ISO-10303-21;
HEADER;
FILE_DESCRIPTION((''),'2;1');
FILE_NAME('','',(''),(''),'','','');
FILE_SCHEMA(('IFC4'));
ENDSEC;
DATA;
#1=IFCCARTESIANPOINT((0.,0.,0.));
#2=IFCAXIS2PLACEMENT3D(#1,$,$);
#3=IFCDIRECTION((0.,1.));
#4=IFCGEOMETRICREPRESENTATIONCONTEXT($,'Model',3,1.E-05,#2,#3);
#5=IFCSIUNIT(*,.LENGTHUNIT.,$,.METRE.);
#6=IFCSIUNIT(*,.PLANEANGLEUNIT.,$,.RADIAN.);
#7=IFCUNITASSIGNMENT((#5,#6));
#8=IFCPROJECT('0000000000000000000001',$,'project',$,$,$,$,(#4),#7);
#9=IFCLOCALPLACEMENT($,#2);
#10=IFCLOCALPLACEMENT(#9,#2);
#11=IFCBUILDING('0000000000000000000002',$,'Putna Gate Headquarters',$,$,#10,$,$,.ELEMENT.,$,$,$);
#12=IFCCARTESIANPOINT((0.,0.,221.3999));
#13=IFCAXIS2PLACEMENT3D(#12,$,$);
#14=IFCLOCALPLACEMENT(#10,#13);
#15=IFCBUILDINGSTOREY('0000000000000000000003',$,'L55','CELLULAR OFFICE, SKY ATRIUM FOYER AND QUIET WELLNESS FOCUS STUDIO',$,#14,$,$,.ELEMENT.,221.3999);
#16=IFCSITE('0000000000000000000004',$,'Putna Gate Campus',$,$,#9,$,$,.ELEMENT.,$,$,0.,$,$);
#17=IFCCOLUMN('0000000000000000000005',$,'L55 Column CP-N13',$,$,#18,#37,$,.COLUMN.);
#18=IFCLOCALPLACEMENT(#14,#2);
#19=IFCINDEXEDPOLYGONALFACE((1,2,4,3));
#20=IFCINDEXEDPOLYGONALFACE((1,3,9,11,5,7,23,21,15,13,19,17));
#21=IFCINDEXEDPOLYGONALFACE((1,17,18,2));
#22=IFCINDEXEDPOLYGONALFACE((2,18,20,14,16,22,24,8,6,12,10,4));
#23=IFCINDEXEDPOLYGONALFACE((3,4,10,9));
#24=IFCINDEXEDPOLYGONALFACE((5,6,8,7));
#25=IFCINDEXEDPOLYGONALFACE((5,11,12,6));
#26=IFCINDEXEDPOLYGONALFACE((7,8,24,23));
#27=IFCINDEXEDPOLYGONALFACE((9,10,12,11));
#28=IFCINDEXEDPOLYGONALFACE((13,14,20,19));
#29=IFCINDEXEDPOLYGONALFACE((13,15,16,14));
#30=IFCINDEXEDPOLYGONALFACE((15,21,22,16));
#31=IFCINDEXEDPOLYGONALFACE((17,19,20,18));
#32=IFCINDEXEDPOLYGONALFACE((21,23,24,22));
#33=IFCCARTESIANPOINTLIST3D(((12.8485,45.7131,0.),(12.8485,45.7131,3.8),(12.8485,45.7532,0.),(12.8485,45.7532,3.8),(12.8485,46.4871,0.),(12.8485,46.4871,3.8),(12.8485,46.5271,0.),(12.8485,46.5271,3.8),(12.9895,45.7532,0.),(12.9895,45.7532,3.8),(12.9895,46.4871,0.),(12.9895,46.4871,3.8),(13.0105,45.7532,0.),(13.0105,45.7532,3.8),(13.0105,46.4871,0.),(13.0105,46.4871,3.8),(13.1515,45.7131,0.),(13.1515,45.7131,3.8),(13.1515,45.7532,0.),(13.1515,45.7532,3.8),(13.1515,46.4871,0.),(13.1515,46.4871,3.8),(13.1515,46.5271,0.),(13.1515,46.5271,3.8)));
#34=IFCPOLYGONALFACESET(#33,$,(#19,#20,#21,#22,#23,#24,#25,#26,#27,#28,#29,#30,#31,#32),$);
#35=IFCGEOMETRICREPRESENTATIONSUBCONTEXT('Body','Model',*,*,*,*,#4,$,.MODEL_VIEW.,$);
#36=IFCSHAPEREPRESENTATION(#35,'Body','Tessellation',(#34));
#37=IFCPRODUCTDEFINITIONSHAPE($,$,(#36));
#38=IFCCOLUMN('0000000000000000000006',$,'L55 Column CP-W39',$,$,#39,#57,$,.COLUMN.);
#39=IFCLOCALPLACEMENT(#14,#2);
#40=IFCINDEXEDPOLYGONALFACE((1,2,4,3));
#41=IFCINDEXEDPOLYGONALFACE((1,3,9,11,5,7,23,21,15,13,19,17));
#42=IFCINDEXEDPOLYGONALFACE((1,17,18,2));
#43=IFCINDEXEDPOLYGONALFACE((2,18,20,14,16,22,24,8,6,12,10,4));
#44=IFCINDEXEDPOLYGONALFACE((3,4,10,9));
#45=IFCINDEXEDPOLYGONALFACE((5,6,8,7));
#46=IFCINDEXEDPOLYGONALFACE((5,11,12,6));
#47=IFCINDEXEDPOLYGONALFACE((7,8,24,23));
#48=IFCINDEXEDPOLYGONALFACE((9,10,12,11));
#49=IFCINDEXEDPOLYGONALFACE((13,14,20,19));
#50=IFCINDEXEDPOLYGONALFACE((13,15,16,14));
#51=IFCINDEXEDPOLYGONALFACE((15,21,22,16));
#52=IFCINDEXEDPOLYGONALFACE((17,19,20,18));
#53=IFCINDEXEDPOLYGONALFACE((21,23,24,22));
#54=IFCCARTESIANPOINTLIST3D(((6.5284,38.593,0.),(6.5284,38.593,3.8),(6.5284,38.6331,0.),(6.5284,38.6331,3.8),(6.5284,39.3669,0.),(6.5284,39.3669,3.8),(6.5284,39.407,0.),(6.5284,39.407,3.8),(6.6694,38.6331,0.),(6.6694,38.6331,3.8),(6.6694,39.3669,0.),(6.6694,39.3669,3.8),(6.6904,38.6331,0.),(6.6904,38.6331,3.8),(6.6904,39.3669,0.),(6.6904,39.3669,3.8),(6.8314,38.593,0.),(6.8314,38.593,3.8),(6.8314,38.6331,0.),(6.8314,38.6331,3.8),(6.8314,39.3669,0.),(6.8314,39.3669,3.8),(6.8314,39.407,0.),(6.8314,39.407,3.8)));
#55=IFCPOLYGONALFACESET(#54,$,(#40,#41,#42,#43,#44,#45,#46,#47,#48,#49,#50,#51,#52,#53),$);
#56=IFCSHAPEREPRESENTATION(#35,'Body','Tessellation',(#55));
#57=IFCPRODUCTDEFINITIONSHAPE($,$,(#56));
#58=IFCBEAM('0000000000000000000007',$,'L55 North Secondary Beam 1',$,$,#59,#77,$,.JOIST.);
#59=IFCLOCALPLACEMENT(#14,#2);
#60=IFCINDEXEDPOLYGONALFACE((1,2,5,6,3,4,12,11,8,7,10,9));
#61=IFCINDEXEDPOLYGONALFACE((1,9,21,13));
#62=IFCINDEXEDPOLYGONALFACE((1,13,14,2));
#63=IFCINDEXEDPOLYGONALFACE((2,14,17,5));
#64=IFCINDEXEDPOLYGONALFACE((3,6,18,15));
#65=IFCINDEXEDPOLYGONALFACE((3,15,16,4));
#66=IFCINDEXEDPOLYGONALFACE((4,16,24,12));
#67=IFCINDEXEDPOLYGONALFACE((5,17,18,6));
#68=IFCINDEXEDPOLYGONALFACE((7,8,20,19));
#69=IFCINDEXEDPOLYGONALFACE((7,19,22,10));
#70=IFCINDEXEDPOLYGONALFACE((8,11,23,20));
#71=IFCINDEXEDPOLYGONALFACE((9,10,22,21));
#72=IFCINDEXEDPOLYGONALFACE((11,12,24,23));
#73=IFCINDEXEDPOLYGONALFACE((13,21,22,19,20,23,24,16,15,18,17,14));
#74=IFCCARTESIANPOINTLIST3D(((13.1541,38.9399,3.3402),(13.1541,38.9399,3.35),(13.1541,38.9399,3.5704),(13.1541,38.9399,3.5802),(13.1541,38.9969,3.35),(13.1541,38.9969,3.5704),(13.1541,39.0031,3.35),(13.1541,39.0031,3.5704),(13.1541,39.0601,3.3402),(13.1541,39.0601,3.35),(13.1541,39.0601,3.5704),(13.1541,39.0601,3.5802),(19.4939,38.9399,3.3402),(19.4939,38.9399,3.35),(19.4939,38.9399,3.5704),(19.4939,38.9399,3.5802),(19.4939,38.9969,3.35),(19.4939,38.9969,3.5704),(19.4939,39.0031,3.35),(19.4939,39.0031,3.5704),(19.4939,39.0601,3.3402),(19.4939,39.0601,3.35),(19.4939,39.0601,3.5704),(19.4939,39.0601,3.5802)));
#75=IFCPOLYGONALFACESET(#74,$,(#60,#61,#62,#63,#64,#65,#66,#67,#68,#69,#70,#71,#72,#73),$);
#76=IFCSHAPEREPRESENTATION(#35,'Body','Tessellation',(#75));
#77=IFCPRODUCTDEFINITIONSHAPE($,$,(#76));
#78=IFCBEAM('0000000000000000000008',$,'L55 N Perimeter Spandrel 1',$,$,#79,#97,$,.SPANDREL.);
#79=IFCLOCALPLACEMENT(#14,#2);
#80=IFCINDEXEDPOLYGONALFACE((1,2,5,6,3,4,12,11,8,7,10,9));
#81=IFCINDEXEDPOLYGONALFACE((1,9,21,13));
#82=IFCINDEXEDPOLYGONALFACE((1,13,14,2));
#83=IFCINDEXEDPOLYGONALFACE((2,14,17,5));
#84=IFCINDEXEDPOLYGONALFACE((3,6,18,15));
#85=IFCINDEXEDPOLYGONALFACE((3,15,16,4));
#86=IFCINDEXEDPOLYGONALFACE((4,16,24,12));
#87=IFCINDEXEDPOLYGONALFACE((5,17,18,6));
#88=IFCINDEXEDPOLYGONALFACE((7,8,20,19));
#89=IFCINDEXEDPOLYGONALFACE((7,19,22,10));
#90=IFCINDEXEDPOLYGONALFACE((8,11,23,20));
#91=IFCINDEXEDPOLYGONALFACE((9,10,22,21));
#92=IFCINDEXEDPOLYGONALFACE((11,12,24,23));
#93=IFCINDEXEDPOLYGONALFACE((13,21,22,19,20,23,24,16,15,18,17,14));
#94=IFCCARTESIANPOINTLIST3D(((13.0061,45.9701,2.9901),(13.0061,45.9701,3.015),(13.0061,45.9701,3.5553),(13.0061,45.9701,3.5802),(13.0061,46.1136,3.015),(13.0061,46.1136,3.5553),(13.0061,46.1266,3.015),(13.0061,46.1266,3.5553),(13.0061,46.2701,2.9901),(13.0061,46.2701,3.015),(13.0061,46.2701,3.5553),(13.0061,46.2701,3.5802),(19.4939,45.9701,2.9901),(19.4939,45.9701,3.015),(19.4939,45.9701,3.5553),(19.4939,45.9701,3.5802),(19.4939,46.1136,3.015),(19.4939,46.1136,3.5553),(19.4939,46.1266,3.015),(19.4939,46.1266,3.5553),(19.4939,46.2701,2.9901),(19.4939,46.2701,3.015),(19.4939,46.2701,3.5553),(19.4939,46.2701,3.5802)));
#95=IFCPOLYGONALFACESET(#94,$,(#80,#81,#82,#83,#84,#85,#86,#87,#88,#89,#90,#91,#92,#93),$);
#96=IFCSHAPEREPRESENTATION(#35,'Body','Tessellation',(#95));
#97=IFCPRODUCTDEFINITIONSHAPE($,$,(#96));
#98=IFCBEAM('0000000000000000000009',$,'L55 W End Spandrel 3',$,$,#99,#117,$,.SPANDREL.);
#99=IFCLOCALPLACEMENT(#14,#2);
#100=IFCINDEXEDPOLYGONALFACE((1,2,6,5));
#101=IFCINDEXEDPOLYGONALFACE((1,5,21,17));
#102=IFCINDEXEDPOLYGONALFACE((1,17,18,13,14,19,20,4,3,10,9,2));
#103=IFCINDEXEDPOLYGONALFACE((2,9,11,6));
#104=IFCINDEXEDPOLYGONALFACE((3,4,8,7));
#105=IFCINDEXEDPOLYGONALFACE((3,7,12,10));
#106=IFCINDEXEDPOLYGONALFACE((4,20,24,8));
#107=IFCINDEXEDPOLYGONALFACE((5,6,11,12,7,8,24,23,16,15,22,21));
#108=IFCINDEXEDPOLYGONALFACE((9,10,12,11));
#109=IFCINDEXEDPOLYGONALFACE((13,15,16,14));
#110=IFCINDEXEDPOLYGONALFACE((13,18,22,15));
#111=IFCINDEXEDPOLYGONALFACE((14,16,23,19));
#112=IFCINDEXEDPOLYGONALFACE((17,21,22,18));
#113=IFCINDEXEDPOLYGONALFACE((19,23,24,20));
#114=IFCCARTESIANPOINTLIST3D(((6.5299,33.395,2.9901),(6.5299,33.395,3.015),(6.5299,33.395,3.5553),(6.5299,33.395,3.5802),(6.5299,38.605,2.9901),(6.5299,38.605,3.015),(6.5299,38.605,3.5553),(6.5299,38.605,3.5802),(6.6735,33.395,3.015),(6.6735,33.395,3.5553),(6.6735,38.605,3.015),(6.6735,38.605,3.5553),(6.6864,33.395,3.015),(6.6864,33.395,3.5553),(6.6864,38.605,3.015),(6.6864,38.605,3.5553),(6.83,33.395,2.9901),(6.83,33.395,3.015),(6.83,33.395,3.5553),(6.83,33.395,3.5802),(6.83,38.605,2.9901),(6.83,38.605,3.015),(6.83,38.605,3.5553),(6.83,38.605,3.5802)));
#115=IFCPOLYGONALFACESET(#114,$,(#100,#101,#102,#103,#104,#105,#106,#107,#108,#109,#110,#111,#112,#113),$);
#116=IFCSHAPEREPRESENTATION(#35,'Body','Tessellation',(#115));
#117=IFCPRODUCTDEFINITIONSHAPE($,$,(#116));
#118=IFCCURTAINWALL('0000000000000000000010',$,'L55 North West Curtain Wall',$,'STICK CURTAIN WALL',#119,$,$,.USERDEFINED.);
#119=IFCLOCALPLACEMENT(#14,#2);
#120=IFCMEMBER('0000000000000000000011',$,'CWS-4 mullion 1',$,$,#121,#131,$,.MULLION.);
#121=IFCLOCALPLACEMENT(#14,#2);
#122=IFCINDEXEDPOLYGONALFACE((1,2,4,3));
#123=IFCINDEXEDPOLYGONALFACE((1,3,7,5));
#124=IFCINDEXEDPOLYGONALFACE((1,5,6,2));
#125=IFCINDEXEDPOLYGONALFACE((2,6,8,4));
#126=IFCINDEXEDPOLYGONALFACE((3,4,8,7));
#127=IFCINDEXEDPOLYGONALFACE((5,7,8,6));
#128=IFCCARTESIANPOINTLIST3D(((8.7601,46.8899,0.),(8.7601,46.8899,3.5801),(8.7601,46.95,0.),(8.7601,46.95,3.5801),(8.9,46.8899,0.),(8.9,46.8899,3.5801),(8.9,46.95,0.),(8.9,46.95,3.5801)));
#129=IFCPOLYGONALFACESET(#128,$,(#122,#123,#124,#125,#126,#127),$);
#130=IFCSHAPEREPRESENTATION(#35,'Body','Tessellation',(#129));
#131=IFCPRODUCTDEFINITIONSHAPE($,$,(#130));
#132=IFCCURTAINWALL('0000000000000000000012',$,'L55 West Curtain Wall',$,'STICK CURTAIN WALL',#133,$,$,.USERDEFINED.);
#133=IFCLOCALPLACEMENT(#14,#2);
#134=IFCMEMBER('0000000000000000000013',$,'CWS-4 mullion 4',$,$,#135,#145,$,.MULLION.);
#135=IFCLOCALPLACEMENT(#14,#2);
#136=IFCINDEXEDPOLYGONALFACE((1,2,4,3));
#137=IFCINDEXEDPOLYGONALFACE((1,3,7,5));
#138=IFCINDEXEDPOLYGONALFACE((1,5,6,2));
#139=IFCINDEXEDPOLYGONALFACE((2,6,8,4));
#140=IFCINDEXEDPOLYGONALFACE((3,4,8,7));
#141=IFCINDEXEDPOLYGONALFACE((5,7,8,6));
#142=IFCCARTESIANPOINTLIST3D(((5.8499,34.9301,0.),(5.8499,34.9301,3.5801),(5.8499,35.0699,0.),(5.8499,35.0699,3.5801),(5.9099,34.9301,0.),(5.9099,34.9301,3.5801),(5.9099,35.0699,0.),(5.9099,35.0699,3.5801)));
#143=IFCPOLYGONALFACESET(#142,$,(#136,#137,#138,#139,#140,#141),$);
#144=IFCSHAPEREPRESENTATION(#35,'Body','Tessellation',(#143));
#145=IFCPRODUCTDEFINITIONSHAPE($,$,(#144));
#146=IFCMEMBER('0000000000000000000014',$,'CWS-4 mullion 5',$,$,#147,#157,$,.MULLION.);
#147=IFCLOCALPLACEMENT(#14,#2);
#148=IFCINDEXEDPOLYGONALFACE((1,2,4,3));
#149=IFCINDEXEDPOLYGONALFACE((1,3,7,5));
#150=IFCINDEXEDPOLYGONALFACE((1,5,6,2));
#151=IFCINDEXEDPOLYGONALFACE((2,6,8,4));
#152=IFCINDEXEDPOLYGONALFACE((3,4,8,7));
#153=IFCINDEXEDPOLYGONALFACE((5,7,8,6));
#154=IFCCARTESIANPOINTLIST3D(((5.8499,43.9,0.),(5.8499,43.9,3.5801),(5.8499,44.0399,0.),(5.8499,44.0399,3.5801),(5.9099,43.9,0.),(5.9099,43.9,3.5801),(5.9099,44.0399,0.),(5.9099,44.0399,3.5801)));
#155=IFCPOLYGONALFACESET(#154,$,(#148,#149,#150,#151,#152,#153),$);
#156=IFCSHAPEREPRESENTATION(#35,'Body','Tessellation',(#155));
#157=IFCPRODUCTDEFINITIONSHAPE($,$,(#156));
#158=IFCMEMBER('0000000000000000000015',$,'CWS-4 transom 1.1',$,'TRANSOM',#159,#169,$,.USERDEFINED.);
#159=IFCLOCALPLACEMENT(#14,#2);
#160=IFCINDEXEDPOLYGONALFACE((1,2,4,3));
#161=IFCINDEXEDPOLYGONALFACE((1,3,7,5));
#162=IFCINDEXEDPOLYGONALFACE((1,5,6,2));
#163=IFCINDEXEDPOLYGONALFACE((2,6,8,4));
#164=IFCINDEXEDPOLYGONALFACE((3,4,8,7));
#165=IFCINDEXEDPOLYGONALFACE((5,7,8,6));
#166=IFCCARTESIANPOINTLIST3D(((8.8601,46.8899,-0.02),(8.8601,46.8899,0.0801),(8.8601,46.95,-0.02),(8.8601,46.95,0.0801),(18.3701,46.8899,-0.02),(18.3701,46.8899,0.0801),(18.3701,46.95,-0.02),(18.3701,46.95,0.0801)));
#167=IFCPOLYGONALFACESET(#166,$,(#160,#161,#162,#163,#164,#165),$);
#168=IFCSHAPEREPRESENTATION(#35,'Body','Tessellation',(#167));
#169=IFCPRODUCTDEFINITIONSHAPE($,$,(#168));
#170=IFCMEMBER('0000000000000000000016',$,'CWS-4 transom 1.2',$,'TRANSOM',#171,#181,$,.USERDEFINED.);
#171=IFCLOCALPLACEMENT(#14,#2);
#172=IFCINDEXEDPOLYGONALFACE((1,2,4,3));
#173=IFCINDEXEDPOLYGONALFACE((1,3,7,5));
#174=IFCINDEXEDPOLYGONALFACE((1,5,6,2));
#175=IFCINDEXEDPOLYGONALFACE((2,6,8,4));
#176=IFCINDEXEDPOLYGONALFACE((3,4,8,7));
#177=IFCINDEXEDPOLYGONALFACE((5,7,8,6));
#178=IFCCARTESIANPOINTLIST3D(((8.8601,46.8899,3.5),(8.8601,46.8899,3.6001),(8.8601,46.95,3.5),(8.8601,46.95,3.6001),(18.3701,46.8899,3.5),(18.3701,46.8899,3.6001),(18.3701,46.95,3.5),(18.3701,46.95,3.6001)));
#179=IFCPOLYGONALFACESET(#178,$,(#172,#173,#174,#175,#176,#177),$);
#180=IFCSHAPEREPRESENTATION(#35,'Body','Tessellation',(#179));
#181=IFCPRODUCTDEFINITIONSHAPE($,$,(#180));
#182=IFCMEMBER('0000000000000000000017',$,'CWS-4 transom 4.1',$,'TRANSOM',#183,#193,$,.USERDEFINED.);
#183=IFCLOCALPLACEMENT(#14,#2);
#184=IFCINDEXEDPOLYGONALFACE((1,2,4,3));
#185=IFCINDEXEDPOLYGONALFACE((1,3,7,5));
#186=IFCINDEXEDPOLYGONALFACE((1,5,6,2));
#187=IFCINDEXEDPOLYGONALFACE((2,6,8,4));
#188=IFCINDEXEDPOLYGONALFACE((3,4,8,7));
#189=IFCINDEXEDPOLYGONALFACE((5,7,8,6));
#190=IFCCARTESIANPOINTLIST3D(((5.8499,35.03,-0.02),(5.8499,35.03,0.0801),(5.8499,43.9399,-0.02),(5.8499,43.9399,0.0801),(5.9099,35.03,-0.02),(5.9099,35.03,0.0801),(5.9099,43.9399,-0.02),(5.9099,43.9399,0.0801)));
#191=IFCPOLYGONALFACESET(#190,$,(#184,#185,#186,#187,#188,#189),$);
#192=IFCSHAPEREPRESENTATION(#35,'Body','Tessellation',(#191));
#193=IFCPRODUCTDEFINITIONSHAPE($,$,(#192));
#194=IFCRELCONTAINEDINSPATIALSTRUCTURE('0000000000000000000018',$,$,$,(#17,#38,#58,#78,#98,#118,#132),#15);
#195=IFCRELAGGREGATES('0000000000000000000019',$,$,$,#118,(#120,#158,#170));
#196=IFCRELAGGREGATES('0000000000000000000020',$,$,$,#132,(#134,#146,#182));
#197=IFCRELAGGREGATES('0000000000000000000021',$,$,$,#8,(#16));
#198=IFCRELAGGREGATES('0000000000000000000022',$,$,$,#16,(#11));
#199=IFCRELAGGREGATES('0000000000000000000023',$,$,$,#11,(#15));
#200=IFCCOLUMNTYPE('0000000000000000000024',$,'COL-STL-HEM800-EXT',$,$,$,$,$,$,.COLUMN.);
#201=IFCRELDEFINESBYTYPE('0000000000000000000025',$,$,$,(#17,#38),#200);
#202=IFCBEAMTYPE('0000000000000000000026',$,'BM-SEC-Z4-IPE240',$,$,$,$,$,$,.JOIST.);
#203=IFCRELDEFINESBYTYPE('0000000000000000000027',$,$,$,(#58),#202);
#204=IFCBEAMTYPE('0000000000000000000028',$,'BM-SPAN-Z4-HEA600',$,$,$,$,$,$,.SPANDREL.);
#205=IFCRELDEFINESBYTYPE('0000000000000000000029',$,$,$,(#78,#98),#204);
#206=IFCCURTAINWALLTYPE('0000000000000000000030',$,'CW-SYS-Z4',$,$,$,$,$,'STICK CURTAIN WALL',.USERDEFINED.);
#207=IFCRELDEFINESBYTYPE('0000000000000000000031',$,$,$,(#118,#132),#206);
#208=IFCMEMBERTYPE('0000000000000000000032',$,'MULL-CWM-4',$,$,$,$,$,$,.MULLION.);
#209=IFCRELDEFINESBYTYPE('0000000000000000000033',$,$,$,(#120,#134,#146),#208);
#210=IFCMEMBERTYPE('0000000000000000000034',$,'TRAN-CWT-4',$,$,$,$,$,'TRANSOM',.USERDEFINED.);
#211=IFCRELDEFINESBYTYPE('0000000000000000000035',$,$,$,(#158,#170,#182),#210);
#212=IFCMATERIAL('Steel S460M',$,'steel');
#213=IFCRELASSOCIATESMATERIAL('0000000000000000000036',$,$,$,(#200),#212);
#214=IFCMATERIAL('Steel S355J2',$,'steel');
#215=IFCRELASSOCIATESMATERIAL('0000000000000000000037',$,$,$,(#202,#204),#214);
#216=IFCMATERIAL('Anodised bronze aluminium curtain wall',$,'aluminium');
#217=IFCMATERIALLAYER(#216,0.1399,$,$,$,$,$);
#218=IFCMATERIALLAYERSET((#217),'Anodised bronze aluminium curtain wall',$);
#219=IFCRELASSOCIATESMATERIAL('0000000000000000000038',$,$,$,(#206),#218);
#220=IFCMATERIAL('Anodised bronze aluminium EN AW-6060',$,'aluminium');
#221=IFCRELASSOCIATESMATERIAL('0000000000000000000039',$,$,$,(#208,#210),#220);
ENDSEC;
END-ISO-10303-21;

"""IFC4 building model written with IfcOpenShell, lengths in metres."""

from ifc_helpers import new_model, si_unit, direction, frame, origin, origin_2d, place, context, subcontext, project, spatial, rectangle, i_section, extrude, material, layer, layer_set, material_profile, profile_set, type_object, element, aggregate, save


model = new_model("IFC4")

# Units and contexts
model_context = context("Model", 3, precision=1e-05, world=origin(), true_north=direction((0.0, 1.0)))
body_context = subcontext(model_context, "Body", "Model", "MODEL_VIEW")
ifc_project = project(units=[si_unit("LENGTHUNIT", "METRE"), si_unit("PLANEANGLEUNIT", "RADIAN")], contexts=[model_context])

# Site, building, storey
site_placement = place(None, origin())
site = spatial("IfcSite", under=ifc_project, at=site_placement, Name="Putna Gate Campus", CompositionType="ELEMENT", RefElevation=0.0)
building_placement = place(site_placement, origin())
building = spatial("IfcBuilding", under=site, at=building_placement, Name="Putna Gate Headquarters", CompositionType="ELEMENT")
storey_placement = place(building_placement, frame((0.0, 0.0, 221.3999)))
storey = spatial("IfcBuildingStorey", under=building, at=storey_placement, Name="L55", Description="CELLULAR OFFICE, SKY ATRIUM FOYER AND QUIET WELLNESS FOCUS STUDIO", CompositionType="ELEMENT", Elevation=221.3999)

# Columns
ifc_material_1 = material(Name="Steel S460M", Category="steel")
ifc_material_profile_1 = material_profile(ifc_material_1, i_section(OverallWidth=0.303, OverallDepth=0.814, WebThickness=0.021, FlangeThickness=0.04, at=origin_2d()), Name="Steel S460M")
ifc_profile_set_1 = profile_set([ifc_material_profile_1], Name="Steel S460M")
column_type = type_object("IfcColumnType", Name="COL-STL-HEM800-EXT", PredefinedType="COLUMN", material=ifc_profile_set_1)
for number, where, z_axis, x_axis, name in (
    (1, (13.0, 46.1201, 0.0), (0.0, 0.0, 1.0), (1.0, 0.0, 0.0), "L55 Column CP-N13"),
    (2, (6.6799, 39.0, 0.0), (0.0, 0.0, 1.0), (1.0, 0.0, 0.0), "L55 Column CP-W39"),
):
    element("IfcColumn", number, at=place(storey_placement, frame(where, z_axis=z_axis, x_axis=x_axis)), inside=storey, type_object=column_type, Name=name, PredefinedType="COLUMN", context=body_context, shape_type="SweptSolid", body=[
        extrude(i_section(OverallWidth=0.303, OverallDepth=0.814, WebThickness=0.021, FlangeThickness=0.04, at=origin_2d()), origin(), (0.0, 0.0, 1.0), 3.8),
    ])

# Beams
ifc_material_2 = material(Name="Steel S355J2", Category="steel")
ifc_material_profile_2 = material_profile(ifc_material_2, i_section(OverallWidth=0.1201, OverallDepth=0.24, WebThickness=0.0061, FlangeThickness=0.0098, at=origin_2d()), Name="Steel S355J2")
ifc_profile_set_2 = profile_set([ifc_material_profile_2], Name="Steel S355J2")
beam_type_1 = type_object("IfcBeamType", Name="BM-SEC-Z4-IPE240", PredefinedType="JOIST", material=ifc_profile_set_2)
beam_1_placement = place(storey_placement, frame((13.1541, 39.0, 3.4602), z_axis=(1.0, 0.0, 0.0), x_axis=(0.0, 1.0, 0.0)))
element("IfcBeam", 3, at=beam_1_placement, inside=storey, type_object=beam_type_1, Name="L55 North Secondary Beam 1", PredefinedType="JOIST", context=body_context, shape_type="SweptSolid", body=[
    extrude(i_section(OverallWidth=0.1201, OverallDepth=0.24, WebThickness=0.0061, FlangeThickness=0.0098, at=origin_2d()), origin(), (0.0, 0.0, 1.0), 6.3398),
])
ifc_material_profile_3 = material_profile(ifc_material_2, i_section(OverallWidth=0.3, OverallDepth=0.5901, WebThickness=0.0129, FlangeThickness=0.0249, at=origin_2d()), Name="Steel S355J2")
ifc_profile_set_3 = profile_set([ifc_material_profile_3], Name="Steel S355J2")
beam_type_2 = type_object("IfcBeamType", Name="BM-SPAN-Z4-HEA600", PredefinedType="SPANDREL", material=ifc_profile_set_3)
beam_2_placement = place(storey_placement, frame((13.0061, 46.1201, 3.2852), z_axis=(1.0, 0.0, 0.0), x_axis=(0.0, 1.0, 0.0)))
element("IfcBeam", 4, at=beam_2_placement, inside=storey, type_object=beam_type_2, Name="L55 N Perimeter Spandrel 1", PredefinedType="SPANDREL", context=body_context, shape_type="SweptSolid", body=[
    extrude(i_section(OverallWidth=0.3, OverallDepth=0.5901, WebThickness=0.0129, FlangeThickness=0.0249, at=origin_2d()), origin(), (0.0, 0.0, 1.0), 6.4878),
])
beam_3_placement = place(storey_placement, frame((6.6799, 33.395, 3.2852), z_axis=(0.0, 1.0, 0.0), x_axis=(-1.0, 0.0, 0.0)))
element("IfcBeam", 5, at=beam_3_placement, inside=storey, type_object=beam_type_2, Name="L55 W End Spandrel 3", PredefinedType="SPANDREL", context=body_context, shape_type="SweptSolid", body=[
    extrude(i_section(OverallWidth=0.3, OverallDepth=0.5901, WebThickness=0.0129, FlangeThickness=0.0249, at=origin_2d()), origin(), (0.0, 0.0, 1.0), 5.21),
])

# Curtain wall, member
ifc_material_3 = material(Name="Anodised bronze aluminium curtain wall", Category="aluminium")
ifc_layer_1 = layer(ifc_material_3, 0.1399)
ifc_layer_set_1 = layer_set([ifc_layer_1], Name="Anodised bronze aluminium curtain wall")
curtain_wall_type = type_object("IfcCurtainWallType", Name="CW-SYS-Z4", ElementType="STICK CURTAIN WALL", PredefinedType="USERDEFINED", material=ifc_layer_set_1)
curtain_wall_1_placement = place(storey_placement, origin())
curtain_wall_1 = element("IfcCurtainWall", 6, at=curtain_wall_1_placement, inside=storey, type_object=curtain_wall_type, Name="L55 North West Curtain Wall", ObjectType="STICK CURTAIN WALL", PredefinedType="USERDEFINED")
ifc_material_4 = material(Name="Anodised bronze aluminium EN AW-6060", Category="aluminium")
ifc_material_profile_4 = material_profile(ifc_material_4, rectangle(XDim=0.0601, YDim=0.1399, at=origin_2d()), Name="Anodised bronze aluminium EN AW-6060")
ifc_profile_set_4 = profile_set([ifc_material_profile_4], Name="Anodised bronze aluminium EN AW-6060")
member_type_1 = type_object("IfcMemberType", Name="MULL-CWM-4", PredefinedType="MULLION", material=ifc_profile_set_4)
member_1_placement = place(storey_placement, frame((8.8301, 46.9199, 0.0), z_axis=(0.0, 0.0, 1.0), x_axis=(0.0, 1.0, 0.0)))
member_1 = element("IfcMember", 7, at=member_1_placement, type_object=member_type_1, Name="CWS-4 mullion 1", PredefinedType="MULLION", context=body_context, shape_type="SweptSolid", body=[
    extrude(rectangle(XDim=0.0601, YDim=0.1399, at=origin_2d()), origin(), (0.0, 0.0, 1.0), 3.5801),
])

# Curtain wall, members
curtain_wall_2_placement = place(storey_placement, origin())
curtain_wall_2 = element("IfcCurtainWall", 8, at=curtain_wall_2_placement, inside=storey, type_object=curtain_wall_type, Name="L55 West Curtain Wall", ObjectType="STICK CURTAIN WALL", PredefinedType="USERDEFINED")
member_2_placement = place(storey_placement, frame((5.8799, 35.0, 0.0), z_axis=(0.0, 0.0, 1.0), x_axis=(-1.0, 0.0, 0.0)))
member_2 = element("IfcMember", 9, at=member_2_placement, type_object=member_type_1, Name="CWS-4 mullion 4", PredefinedType="MULLION", context=body_context, shape_type="SweptSolid", body=[
    extrude(rectangle(XDim=0.0601, YDim=0.1399, at=origin_2d()), origin(), (0.0, 0.0, 1.0), 3.5801),
])
member_3_placement = place(storey_placement, frame((5.8799, 43.97, 0.0), z_axis=(0.0, 0.0, 1.0), x_axis=(-1.0, 0.0, 0.0)))
member_3 = element("IfcMember", 10, at=member_3_placement, type_object=member_type_1, Name="CWS-4 mullion 5", PredefinedType="MULLION", context=body_context, shape_type="SweptSolid", body=[
    extrude(rectangle(XDim=0.0601, YDim=0.1399, at=origin_2d()), origin(), (0.0, 0.0, 1.0), 3.5801),
])

# Members
ifc_material_profile_5 = material_profile(ifc_material_4, rectangle(XDim=0.0601, YDim=0.1001, at=origin_2d()), Name="Anodised bronze aluminium EN AW-6060")
ifc_profile_set_5 = profile_set([ifc_material_profile_5], Name="Anodised bronze aluminium EN AW-6060")
member_type_2 = type_object("IfcMemberType", Name="TRAN-CWT-4", ElementType="TRANSOM", PredefinedType="USERDEFINED", material=ifc_profile_set_5)
member_4_placement = place(storey_placement, frame((8.8601, 46.9199, 0.03), z_axis=(1.0, 0.0, 0.0), x_axis=(0.0, 1.0, 0.0)))
member_4 = element("IfcMember", 11, at=member_4_placement, type_object=member_type_2, Name="CWS-4 transom 1.1", ObjectType="TRANSOM", PredefinedType="USERDEFINED", context=body_context, shape_type="SweptSolid", body=[
    extrude(rectangle(XDim=0.0601, YDim=0.1001, at=origin_2d()), origin(), (0.0, 0.0, 1.0), 9.51),
])
member_5_placement = place(storey_placement, frame((8.8601, 46.9199, 3.55), z_axis=(1.0, 0.0, 0.0), x_axis=(0.0, 1.0, 0.0)))
member_5 = element("IfcMember", 12, at=member_5_placement, type_object=member_type_2, Name="CWS-4 transom 1.2", ObjectType="TRANSOM", PredefinedType="USERDEFINED", context=body_context, shape_type="SweptSolid", body=[
    extrude(rectangle(XDim=0.0601, YDim=0.1001, at=origin_2d()), origin(), (0.0, 0.0, 1.0), 9.51),
])
member_6_placement = place(storey_placement, frame((5.8799, 35.03, 0.03), z_axis=(0.0, 1.0, 0.0), x_axis=(-1.0, 0.0, 0.0)))
member_6 = element("IfcMember", 13, at=member_6_placement, type_object=member_type_2, Name="CWS-4 transom 4.1", ObjectType="TRANSOM", PredefinedType="USERDEFINED", context=body_context, shape_type="SweptSolid", body=[
    extrude(rectangle(XDim=0.0601, YDim=0.1001, at=origin_2d()), origin(), (0.0, 0.0, 1.0), 8.9099),
])

aggregate(curtain_wall_1, [member_1, member_4, member_5])
aggregate(curtain_wall_2, [member_2, member_3, member_6])

save(model, "model.ifc")
